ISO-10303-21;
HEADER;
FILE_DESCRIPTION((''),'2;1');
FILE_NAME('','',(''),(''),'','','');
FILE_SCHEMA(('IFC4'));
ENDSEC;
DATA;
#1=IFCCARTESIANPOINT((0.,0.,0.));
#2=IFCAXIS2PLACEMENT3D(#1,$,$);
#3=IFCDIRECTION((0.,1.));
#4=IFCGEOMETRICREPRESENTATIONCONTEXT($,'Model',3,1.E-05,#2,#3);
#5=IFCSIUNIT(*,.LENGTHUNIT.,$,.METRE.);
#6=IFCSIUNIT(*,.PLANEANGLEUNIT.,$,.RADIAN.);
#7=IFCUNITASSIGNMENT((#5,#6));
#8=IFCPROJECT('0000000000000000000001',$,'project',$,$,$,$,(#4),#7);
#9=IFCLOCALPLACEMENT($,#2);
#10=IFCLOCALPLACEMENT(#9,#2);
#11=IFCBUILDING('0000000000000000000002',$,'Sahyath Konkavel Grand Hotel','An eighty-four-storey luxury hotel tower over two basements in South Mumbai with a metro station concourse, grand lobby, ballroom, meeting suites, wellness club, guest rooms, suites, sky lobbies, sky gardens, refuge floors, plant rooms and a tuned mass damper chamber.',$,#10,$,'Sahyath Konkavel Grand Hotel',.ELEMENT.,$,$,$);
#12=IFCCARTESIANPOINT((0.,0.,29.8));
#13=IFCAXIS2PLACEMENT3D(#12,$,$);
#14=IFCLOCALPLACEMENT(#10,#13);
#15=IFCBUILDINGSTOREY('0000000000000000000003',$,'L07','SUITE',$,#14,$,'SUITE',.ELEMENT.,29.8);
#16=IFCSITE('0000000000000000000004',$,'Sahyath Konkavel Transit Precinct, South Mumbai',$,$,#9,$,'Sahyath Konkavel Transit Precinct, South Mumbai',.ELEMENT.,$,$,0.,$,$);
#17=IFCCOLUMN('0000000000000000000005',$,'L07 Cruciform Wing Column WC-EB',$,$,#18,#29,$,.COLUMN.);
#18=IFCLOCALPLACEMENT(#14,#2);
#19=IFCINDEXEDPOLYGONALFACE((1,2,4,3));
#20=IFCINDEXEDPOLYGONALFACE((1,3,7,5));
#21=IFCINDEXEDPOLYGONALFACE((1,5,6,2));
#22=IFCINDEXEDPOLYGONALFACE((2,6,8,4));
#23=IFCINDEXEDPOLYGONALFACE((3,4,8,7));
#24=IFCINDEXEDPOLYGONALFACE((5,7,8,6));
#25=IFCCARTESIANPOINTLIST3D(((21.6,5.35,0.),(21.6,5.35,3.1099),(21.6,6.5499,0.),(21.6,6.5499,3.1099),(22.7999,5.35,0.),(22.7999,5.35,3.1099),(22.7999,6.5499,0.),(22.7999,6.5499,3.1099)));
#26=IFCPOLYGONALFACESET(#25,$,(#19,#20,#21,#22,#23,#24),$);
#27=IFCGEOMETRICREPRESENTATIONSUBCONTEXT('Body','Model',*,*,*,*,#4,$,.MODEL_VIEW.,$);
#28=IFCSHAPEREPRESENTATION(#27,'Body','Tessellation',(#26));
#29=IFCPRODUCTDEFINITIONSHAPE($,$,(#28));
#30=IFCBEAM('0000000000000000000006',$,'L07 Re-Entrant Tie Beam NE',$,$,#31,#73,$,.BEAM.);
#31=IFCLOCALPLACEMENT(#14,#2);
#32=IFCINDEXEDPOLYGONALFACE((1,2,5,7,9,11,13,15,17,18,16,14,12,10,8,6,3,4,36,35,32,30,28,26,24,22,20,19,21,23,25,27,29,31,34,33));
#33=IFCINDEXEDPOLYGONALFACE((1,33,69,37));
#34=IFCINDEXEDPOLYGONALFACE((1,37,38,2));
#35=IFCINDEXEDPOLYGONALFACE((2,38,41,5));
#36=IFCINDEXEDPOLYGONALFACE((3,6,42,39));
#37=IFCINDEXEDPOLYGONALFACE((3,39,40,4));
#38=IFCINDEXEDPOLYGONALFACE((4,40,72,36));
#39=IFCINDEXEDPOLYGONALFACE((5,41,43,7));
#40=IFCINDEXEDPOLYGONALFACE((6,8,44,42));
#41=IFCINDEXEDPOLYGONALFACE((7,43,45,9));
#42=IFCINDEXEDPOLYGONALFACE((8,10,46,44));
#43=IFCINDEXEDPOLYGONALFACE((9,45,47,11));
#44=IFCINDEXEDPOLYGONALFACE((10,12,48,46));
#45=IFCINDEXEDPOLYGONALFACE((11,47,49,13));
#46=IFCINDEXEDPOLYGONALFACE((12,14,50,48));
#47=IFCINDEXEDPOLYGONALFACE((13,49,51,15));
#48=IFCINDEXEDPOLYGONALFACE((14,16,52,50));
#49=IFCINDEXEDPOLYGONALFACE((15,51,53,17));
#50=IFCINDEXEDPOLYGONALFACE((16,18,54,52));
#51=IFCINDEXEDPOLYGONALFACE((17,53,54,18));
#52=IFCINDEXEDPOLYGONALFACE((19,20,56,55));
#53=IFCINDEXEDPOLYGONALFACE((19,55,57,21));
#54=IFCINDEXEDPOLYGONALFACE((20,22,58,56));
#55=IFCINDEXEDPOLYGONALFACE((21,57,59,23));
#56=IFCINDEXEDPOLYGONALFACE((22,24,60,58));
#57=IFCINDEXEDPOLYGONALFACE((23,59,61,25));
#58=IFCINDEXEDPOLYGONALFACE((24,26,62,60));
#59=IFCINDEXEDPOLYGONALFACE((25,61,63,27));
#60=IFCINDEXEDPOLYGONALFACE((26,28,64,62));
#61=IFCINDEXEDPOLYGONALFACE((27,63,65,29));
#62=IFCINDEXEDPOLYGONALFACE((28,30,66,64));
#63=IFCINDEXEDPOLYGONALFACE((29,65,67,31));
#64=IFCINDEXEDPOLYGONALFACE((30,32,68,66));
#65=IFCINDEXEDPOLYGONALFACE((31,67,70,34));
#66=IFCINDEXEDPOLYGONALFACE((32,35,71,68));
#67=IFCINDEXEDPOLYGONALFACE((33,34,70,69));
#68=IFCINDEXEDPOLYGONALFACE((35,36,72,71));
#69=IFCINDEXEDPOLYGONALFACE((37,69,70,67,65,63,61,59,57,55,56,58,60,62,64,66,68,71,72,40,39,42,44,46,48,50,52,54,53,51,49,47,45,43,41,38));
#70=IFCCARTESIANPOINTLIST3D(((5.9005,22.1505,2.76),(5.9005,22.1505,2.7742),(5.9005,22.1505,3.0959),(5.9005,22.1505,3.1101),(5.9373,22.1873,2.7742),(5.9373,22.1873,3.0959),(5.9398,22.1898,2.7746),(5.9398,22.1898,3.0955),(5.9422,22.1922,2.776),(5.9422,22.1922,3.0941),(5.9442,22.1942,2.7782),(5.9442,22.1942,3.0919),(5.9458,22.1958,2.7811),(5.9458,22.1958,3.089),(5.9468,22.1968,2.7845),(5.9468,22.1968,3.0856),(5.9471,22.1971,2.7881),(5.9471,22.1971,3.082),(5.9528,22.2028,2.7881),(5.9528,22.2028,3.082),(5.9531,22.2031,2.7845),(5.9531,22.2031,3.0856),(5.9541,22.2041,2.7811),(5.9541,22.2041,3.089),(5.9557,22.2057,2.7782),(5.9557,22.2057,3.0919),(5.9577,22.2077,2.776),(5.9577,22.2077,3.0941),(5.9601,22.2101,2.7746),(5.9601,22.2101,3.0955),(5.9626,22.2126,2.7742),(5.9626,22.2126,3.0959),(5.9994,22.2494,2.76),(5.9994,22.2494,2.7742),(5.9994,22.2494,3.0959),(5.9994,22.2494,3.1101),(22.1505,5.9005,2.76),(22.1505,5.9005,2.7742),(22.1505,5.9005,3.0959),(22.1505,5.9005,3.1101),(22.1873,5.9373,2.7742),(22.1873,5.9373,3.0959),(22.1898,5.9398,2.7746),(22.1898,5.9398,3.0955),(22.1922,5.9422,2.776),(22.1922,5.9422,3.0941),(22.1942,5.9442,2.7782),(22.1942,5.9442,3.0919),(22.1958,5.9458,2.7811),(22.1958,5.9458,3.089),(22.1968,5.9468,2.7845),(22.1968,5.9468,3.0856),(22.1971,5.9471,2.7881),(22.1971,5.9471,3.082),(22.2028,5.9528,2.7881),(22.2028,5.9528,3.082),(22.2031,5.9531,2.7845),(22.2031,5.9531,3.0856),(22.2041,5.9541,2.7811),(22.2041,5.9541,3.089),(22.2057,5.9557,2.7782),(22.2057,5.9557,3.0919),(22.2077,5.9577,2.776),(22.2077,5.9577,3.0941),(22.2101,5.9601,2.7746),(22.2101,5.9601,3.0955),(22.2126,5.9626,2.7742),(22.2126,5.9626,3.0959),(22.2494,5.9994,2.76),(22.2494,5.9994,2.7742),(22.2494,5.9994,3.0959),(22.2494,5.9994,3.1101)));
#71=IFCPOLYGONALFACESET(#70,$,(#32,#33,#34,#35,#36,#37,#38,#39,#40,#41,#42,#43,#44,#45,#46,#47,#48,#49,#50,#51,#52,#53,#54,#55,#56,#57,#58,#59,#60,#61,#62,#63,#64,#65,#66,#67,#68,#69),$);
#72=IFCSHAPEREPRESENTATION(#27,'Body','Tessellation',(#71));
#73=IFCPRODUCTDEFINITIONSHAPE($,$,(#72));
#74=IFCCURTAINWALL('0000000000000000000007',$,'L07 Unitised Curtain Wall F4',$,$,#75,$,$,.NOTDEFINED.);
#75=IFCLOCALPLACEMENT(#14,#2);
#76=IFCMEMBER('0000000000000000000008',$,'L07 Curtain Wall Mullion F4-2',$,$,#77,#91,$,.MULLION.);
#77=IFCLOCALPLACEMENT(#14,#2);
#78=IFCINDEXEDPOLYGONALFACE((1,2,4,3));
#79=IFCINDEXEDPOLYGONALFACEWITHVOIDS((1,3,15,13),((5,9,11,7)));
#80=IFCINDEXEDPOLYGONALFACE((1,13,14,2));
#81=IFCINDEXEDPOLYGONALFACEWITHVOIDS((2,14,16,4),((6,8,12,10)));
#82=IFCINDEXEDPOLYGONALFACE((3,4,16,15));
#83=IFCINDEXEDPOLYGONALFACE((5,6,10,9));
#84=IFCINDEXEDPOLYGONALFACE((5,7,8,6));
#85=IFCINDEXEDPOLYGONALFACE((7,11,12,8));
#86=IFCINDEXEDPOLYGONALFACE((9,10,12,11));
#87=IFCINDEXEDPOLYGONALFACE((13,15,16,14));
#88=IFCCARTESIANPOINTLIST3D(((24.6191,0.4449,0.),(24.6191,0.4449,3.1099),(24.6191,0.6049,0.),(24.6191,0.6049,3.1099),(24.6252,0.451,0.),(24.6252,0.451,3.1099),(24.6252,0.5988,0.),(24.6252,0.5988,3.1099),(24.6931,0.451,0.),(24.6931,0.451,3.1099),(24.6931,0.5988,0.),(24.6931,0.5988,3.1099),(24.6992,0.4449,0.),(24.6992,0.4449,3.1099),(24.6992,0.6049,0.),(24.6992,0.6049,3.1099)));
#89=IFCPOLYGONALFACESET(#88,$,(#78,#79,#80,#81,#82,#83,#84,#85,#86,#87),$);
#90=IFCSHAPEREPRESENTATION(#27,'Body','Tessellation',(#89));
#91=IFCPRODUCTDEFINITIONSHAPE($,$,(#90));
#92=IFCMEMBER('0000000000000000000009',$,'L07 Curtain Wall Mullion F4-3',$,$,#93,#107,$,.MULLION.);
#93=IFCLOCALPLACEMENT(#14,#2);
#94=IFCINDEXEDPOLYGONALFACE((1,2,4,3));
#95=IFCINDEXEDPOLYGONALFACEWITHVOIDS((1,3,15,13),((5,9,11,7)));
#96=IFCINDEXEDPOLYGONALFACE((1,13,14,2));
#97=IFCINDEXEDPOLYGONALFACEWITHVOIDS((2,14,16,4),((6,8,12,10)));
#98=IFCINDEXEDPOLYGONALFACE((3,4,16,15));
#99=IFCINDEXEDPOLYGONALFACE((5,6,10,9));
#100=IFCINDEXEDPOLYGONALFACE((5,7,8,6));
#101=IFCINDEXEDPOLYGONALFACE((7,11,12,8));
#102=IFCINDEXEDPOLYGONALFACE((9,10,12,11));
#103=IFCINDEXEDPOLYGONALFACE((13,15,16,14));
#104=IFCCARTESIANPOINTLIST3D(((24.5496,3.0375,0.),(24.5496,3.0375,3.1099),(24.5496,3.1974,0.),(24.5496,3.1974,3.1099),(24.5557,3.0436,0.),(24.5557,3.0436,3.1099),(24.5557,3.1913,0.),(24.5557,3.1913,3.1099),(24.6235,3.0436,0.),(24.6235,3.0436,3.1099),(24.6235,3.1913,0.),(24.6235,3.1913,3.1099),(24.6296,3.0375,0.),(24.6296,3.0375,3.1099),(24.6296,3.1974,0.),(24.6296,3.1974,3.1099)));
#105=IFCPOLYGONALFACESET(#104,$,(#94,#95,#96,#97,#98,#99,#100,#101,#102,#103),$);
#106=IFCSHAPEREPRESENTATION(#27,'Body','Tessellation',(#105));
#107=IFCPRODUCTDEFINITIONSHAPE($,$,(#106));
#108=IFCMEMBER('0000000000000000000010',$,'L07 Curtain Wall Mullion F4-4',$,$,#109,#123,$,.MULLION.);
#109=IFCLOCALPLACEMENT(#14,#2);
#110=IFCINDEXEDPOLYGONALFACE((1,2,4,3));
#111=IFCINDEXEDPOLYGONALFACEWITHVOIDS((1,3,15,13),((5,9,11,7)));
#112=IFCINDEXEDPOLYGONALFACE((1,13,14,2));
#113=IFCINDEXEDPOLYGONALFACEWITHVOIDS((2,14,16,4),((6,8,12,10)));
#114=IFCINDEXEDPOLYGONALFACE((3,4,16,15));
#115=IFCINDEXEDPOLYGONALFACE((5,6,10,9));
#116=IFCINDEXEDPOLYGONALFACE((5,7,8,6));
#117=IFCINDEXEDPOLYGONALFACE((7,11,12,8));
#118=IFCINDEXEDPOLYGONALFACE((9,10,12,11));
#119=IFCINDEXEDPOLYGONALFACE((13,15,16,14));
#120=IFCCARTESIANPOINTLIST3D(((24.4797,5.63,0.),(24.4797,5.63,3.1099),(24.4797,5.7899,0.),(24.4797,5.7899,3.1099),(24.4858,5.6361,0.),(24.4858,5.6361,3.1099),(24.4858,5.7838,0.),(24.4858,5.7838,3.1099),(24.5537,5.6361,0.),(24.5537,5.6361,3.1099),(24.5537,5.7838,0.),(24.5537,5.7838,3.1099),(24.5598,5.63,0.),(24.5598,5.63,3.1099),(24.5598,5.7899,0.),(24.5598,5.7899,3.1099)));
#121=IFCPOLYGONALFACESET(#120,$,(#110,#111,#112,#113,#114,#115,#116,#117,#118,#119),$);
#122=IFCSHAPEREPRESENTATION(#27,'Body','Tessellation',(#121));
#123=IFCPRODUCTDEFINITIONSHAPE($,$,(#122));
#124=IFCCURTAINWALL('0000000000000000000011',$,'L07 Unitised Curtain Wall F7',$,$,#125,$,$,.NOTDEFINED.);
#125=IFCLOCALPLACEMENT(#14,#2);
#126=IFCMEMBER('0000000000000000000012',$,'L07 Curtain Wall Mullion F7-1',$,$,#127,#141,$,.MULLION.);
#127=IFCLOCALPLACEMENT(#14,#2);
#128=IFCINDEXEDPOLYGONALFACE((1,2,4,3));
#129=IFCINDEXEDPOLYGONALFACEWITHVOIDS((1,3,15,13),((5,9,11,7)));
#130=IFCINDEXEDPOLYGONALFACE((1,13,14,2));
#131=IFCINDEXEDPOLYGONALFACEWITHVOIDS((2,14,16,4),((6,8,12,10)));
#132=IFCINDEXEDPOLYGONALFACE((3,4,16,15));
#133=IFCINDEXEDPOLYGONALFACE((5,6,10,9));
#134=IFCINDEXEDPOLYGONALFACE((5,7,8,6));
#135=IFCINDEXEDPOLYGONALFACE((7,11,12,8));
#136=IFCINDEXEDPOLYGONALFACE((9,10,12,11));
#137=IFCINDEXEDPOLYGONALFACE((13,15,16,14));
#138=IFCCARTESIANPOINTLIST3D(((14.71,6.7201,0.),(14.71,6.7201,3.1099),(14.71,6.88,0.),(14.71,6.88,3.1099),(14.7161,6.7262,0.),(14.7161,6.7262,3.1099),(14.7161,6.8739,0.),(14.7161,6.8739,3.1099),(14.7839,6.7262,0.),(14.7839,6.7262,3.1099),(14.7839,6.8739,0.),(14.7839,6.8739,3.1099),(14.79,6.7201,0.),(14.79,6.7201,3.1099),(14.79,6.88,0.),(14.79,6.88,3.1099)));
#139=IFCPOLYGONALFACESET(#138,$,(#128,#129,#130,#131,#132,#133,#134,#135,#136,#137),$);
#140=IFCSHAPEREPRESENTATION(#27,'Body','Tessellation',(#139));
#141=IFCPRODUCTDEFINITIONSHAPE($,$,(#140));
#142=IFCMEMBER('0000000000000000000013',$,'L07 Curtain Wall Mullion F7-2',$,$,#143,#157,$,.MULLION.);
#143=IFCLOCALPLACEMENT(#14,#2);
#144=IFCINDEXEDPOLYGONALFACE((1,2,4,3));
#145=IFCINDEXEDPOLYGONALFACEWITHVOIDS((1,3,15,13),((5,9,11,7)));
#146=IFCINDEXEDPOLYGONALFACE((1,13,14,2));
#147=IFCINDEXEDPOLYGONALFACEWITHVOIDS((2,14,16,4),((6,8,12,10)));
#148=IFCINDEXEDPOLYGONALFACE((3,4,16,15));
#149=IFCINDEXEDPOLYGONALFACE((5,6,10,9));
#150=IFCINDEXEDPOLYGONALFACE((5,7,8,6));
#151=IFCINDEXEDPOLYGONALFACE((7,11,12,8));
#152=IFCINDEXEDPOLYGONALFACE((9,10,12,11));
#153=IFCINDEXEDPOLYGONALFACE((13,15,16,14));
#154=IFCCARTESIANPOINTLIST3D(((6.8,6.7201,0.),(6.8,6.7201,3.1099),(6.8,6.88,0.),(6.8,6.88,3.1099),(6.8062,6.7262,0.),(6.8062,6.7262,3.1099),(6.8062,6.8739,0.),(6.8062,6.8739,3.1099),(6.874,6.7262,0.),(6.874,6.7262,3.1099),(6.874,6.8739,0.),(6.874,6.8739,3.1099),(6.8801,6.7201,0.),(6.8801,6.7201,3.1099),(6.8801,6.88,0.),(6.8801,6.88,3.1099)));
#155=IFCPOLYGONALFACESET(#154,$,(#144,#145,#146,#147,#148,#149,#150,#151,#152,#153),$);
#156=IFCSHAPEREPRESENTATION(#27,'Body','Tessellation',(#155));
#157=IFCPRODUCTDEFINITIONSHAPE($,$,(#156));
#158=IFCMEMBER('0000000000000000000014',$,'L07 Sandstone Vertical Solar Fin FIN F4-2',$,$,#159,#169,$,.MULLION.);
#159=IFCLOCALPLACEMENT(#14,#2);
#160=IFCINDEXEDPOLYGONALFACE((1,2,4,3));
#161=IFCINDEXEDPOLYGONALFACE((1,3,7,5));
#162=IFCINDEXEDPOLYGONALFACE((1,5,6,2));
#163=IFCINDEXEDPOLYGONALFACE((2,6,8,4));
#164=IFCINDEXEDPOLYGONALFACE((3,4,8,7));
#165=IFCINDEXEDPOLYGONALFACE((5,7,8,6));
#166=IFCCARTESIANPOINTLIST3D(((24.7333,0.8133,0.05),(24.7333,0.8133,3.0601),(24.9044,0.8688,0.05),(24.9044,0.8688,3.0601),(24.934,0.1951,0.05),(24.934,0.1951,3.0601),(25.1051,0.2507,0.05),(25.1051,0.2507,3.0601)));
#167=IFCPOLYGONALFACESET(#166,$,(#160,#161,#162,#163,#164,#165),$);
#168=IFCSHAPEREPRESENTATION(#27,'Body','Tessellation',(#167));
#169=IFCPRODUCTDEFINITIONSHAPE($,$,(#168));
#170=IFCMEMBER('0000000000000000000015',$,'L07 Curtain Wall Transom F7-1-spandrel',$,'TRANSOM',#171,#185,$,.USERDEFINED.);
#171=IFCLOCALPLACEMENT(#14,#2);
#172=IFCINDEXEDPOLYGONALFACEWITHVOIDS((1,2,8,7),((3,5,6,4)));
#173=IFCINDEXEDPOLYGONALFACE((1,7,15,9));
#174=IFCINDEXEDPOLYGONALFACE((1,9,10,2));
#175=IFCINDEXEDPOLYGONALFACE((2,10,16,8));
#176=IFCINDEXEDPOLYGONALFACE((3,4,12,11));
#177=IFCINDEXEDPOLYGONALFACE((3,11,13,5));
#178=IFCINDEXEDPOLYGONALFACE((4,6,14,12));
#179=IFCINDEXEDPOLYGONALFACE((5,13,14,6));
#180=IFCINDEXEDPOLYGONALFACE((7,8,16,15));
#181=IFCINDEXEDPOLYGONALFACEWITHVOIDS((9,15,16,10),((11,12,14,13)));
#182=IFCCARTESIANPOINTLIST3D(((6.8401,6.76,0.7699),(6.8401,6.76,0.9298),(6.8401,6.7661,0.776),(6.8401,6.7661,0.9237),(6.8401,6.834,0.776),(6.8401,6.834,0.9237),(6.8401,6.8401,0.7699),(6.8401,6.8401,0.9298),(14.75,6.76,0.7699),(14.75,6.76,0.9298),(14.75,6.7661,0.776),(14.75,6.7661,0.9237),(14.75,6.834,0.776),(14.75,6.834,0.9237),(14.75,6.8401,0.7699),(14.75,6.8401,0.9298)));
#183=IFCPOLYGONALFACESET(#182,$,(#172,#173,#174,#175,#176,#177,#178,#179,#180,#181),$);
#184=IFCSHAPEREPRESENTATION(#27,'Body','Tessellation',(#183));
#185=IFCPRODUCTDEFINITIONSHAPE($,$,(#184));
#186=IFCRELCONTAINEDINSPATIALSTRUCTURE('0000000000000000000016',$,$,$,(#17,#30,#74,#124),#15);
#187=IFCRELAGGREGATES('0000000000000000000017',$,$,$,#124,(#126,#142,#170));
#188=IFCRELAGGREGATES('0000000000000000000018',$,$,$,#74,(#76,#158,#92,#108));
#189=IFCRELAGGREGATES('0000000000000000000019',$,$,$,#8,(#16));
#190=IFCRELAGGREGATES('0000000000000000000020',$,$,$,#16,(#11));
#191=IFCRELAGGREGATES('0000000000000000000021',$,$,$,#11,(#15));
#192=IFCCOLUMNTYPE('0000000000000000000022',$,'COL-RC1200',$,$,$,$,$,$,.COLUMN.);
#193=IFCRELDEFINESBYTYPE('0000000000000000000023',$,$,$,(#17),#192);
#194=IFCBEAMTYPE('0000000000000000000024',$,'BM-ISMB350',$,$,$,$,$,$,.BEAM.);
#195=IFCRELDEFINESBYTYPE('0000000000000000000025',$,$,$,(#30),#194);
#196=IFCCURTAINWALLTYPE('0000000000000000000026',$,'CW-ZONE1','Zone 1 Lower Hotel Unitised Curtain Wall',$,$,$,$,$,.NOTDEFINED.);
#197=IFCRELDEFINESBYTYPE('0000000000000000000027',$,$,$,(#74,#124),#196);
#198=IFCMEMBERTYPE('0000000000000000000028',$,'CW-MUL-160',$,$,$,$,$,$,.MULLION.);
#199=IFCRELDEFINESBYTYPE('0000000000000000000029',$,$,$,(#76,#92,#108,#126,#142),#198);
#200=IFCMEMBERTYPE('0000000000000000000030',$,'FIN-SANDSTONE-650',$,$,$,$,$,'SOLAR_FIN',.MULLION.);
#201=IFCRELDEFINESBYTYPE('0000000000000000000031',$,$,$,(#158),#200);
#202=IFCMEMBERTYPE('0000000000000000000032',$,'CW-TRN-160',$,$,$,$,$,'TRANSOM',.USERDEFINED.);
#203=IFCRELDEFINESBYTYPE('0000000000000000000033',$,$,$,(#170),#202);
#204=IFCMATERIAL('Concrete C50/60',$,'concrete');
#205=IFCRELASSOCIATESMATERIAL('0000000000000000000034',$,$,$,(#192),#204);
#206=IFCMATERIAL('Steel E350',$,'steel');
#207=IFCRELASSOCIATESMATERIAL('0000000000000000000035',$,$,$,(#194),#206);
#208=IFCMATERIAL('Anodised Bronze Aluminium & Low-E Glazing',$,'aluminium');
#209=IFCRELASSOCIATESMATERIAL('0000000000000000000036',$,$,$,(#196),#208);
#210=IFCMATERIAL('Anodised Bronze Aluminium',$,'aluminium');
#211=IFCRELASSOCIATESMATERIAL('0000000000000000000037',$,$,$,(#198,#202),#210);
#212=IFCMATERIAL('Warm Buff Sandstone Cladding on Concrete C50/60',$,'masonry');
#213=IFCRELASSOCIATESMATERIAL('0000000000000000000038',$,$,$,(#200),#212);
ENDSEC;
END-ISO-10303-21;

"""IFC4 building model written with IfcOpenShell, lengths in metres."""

from ifc_helpers import new_model, si_unit, direction, frame, origin, origin_2d, place, context, subcontext, project, spatial, rectangle, hollow_rectangle, i_section, extrude, source, transform, mapped, material, material_profile, profile_set, type_object, element, aggregate, save


model = new_model("IFC4")

# Units and contexts
model_context = context("Model", 3, precision=1e-05, world=origin(), true_north=direction((0.0, 1.0)))
body_context = subcontext(model_context, "Body", "Model", "MODEL_VIEW")
ifc_project = project(units=[si_unit("LENGTHUNIT", "METRE"), si_unit("PLANEANGLEUNIT", "RADIAN")], contexts=[model_context])

# Site, building, storey
site_placement = place(None, origin())
site = spatial("IfcSite", under=ifc_project, at=site_placement, Name="Sahyath Konkavel Transit Precinct, South Mumbai", LongName="Sahyath Konkavel Transit Precinct, South Mumbai", CompositionType="ELEMENT", RefElevation=0.0)
building_placement = place(site_placement, origin())
building = spatial("IfcBuilding", under=site, at=building_placement, Name="Sahyath Konkavel Grand Hotel", Description="An eighty-four-storey luxury hotel tower over two basements in South Mumbai with a metro station concourse, grand lobby, ballroom, meeting suites, wellness club, guest rooms, suites, sky lobbies, sky gardens, refuge floors, plant rooms and a tuned mass damper chamber.", LongName="Sahyath Konkavel Grand Hotel", CompositionType="ELEMENT")
storey_placement = place(building_placement, frame((0.0, 0.0, 29.8)))
storey = spatial("IfcBuildingStorey", under=building, at=storey_placement, Name="L07", Description="SUITE", LongName="SUITE", CompositionType="ELEMENT", Elevation=29.8)

# Column
ifc_material_1 = material(Name="Concrete C50/60", Category="concrete")
ifc_material_profile_1 = material_profile(ifc_material_1, rectangle(XDim=1.2, YDim=1.2, at=origin_2d()), Name="RC 1200x1200")
ifc_profile_set_1 = profile_set([ifc_material_profile_1], Name="Concrete C50/60")
column_type = type_object("IfcColumnType", Name="COL-RC1200", PredefinedType="COLUMN", material=ifc_profile_set_1)
shared_shape_1 = source(origin(), body_context, "Body", "SweptSolid", [
    extrude(rectangle(XDim=1.2, YDim=1.2, at=origin_2d()), origin(), (0.0, 0.0, 1.0), 3.1099),
])
column_placement = place(storey_placement, frame((22.2, 5.95, 0.0), z_axis=(0.0, 0.0, 1.0), x_axis=(1.0, 0.0, 0.0)))
element("IfcColumn", 1, at=column_placement, inside=storey, type_object=column_type, Name="L07 Cruciform Wing Column WC-EB", PredefinedType="COLUMN", context=body_context, shape_type="MappedRepresentation", body=[
    mapped(shared_shape_1, transform((0.0, 0.0, 0.0), scale=1.0)),
])

# Beam
ifc_material_2 = material(Name="Steel E350", Category="steel")
ifc_material_profile_2 = material_profile(ifc_material_2, i_section(OverallWidth=0.1399, OverallDepth=0.3501, WebThickness=0.0081, FlangeThickness=0.0142, FilletRadius=0.0139, at=origin_2d()), Name="ISMB 350")
ifc_profile_set_2 = profile_set([ifc_material_profile_2], Name="Steel E350")
beam_type_1 = type_object("IfcBeamType", Name="BM-ISMB350", PredefinedType="BEAM", material=ifc_profile_set_2)
shared_shape_2 = source(origin(), body_context, "Body", "SweptSolid", [
    extrude(i_section(OverallWidth=0.1399, OverallDepth=0.3501, WebThickness=0.0081, FlangeThickness=0.0142, FilletRadius=0.0139, at=origin_2d()), origin(), (0.0, 0.0, 1.0), 22.981),
])
beam_1_placement = place(storey_placement, frame((22.2, 5.95, 2.9351), z_axis=(-0.707107, 0.707107, 0.0), x_axis=(-0.707107, -0.707107, 0.0)))
element("IfcBeam", 2, at=beam_1_placement, inside=storey, type_object=beam_type_1, Name="L07 Re-Entrant Tie Beam NE", PredefinedType="BEAM", context=body_context, shape_type="MappedRepresentation", body=[
    mapped(shared_shape_2, transform((0.0, 0.0, 0.0), scale=1.0)),
])

# Curtain walls, members
ifc_material_3 = material(Name="Anodised Bronze Aluminium & Low-E Glazing", Category="aluminium")
curtain_wall_type = type_object("IfcCurtainWallType", Name="CW-ZONE1", Description="Zone 1 Lower Hotel Unitised Curtain Wall", PredefinedType="NOTDEFINED", material=ifc_material_3)
curtain_wall_1_placement = place(storey_placement, origin())
curtain_wall_1 = element("IfcCurtainWall", 3, at=curtain_wall_1_placement, inside=storey, type_object=curtain_wall_type, Name="L07 Unitised Curtain Wall F4", PredefinedType="NOTDEFINED")
ifc_material_4 = material(Name="Anodised Bronze Aluminium", Category="aluminium")
ifc_material_profile_3 = material_profile(ifc_material_4, hollow_rectangle(XDim=0.0801, YDim=0.1599, WallThickness=0.0061, at=origin_2d()), Name="RHS 160x80x6")
ifc_profile_set_3 = profile_set([ifc_material_profile_3], Name="Anodised Bronze Aluminium")
member_type_1 = type_object("IfcMemberType", Name="CW-MUL-160", PredefinedType="MULLION", material=ifc_profile_set_3)
shared_shape_3 = source(origin(), body_context, "Body", "SweptSolid", [
    extrude(hollow_rectangle(XDim=0.0801, YDim=0.1599, WallThickness=0.0061, at=origin_2d()), origin(), (0.0, 0.0, 1.0), 3.1099),
])
member_1_placement = place(storey_placement, frame((24.6592, 0.5249, 0.0), z_axis=(0.0, 0.0, 1.0), x_axis=(1.0, 0.0, 0.0)))
member_1 = element("IfcMember", 4, at=member_1_placement, type_object=member_type_1, Name="L07 Curtain Wall Mullion F4-2", PredefinedType="MULLION", context=body_context, shape_type="MappedRepresentation", body=[
    mapped(shared_shape_3, transform((0.0, 0.0, 0.0), scale=1.0)),
])
member_2_placement = place(storey_placement, frame((24.5896, 3.1174, 0.0), z_axis=(0.0, 0.0, 1.0), x_axis=(1.0, 0.0, 0.0)))
member_2 = element("IfcMember", 5, at=member_2_placement, type_object=member_type_1, Name="L07 Curtain Wall Mullion F4-3", PredefinedType="MULLION", context=body_context, shape_type="MappedRepresentation", body=[
    mapped(shared_shape_3, transform((0.0, 0.0, 0.0), scale=1.0)),
])
member_3_placement = place(storey_placement, frame((24.5198, 5.71, 0.0), z_axis=(0.0, 0.0, 1.0), x_axis=(1.0, 0.0, 0.0)))
member_3 = element("IfcMember", 6, at=member_3_placement, type_object=member_type_1, Name="L07 Curtain Wall Mullion F4-4", PredefinedType="MULLION", context=body_context, shape_type="MappedRepresentation", body=[
    mapped(shared_shape_3, transform((0.0, 0.0, 0.0), scale=1.0)),
])
curtain_wall_2_placement = place(storey_placement, origin())
curtain_wall_2 = element("IfcCurtainWall", 7, at=curtain_wall_2_placement, inside=storey, type_object=curtain_wall_type, Name="L07 Unitised Curtain Wall F7", PredefinedType="NOTDEFINED")
member_4_placement = place(storey_placement, frame((14.75, 6.8, 0.0), z_axis=(0.0, 0.0, 1.0), x_axis=(1.0, 0.0, 0.0)))
member_4 = element("IfcMember", 8, at=member_4_placement, type_object=member_type_1, Name="L07 Curtain Wall Mullion F7-1", PredefinedType="MULLION", context=body_context, shape_type="MappedRepresentation", body=[
    mapped(shared_shape_3, transform((0.0, 0.0, 0.0), scale=1.0)),
])
member_5_placement = place(storey_placement, frame((6.8401, 6.8, 0.0), z_axis=(0.0, 0.0, 1.0), x_axis=(1.0, 0.0, 0.0)))
member_5 = element("IfcMember", 9, at=member_5_placement, type_object=member_type_1, Name="L07 Curtain Wall Mullion F7-2", PredefinedType="MULLION", context=body_context, shape_type="MappedRepresentation", body=[
    mapped(shared_shape_3, transform((0.0, 0.0, 0.0), scale=1.0)),
])

# Members
ifc_material_5 = material(Name="Warm Buff Sandstone Cladding on Concrete C50/60", Category="masonry")
ifc_material_profile_4 = material_profile(ifc_material_5, rectangle(XDim=0.1799, YDim=0.6499, at=origin_2d()), Name="FIN 180x650")
ifc_profile_set_4 = profile_set([ifc_material_profile_4], Name="Warm Buff Sandstone Cladding on Concrete C50/60")
member_type_2 = type_object("IfcMemberType", Name="FIN-SANDSTONE-650", ElementType="SOLAR_FIN", PredefinedType="MULLION", material=ifc_profile_set_4)
shared_shape_4 = source(origin(), body_context, "Body", "SweptSolid", [
    extrude(rectangle(XDim=0.1799, YDim=0.6499, at=origin_2d()), origin(), (0.0, 0.0, 1.0), 3.01),
])
member_6_placement = place(storey_placement, frame((24.9192, 0.532, 0.05), z_axis=(0.0, 0.0, 1.0), x_axis=(0.95111, 0.308851, 0.0)))
member_6 = element("IfcMember", 10, at=member_6_placement, type_object=member_type_2, Name="L07 Sandstone Vertical Solar Fin FIN F4-2", PredefinedType="MULLION", context=body_context, shape_type="MappedRepresentation", body=[
    mapped(shared_shape_4, transform((0.0, 0.0, 0.0), scale=1.0)),
])
ifc_material_profile_5 = material_profile(ifc_material_4, hollow_rectangle(XDim=0.0801, YDim=0.1599, WallThickness=0.0061, at=origin_2d()), Name="RHS 160x80x6")
ifc_profile_set_5 = profile_set([ifc_material_profile_5], Name="Anodised Bronze Aluminium")
member_type_3 = type_object("IfcMemberType", Name="CW-TRN-160", ElementType="TRANSOM", PredefinedType="USERDEFINED", material=ifc_profile_set_5)
shared_shape_5 = source(origin(), body_context, "Body", "SweptSolid", [
    extrude(hollow_rectangle(XDim=0.0801, YDim=0.1599, WallThickness=0.0061, at=origin_2d()), origin(), (0.0, 0.0, 1.0), 7.9099),
])
member_7_placement = place(storey_placement, frame((14.75, 6.8, 0.8499), z_axis=(-1.0, 0.0, 0.0), x_axis=(0.0, -1.0, 0.0)))
member_7 = element("IfcMember", 11, at=member_7_placement, type_object=member_type_3, Name="L07 Curtain Wall Transom F7-1-spandrel", ObjectType="TRANSOM", PredefinedType="USERDEFINED", context=body_context, shape_type="MappedRepresentation", body=[
    mapped(shared_shape_5, transform((0.0, 0.0, 0.0), scale=1.0)),
])

aggregate(curtain_wall_2, [member_4, member_5, member_7])
aggregate(curtain_wall_1, [member_1, member_6, member_2, member_3])

save(model, "model.ifc")
